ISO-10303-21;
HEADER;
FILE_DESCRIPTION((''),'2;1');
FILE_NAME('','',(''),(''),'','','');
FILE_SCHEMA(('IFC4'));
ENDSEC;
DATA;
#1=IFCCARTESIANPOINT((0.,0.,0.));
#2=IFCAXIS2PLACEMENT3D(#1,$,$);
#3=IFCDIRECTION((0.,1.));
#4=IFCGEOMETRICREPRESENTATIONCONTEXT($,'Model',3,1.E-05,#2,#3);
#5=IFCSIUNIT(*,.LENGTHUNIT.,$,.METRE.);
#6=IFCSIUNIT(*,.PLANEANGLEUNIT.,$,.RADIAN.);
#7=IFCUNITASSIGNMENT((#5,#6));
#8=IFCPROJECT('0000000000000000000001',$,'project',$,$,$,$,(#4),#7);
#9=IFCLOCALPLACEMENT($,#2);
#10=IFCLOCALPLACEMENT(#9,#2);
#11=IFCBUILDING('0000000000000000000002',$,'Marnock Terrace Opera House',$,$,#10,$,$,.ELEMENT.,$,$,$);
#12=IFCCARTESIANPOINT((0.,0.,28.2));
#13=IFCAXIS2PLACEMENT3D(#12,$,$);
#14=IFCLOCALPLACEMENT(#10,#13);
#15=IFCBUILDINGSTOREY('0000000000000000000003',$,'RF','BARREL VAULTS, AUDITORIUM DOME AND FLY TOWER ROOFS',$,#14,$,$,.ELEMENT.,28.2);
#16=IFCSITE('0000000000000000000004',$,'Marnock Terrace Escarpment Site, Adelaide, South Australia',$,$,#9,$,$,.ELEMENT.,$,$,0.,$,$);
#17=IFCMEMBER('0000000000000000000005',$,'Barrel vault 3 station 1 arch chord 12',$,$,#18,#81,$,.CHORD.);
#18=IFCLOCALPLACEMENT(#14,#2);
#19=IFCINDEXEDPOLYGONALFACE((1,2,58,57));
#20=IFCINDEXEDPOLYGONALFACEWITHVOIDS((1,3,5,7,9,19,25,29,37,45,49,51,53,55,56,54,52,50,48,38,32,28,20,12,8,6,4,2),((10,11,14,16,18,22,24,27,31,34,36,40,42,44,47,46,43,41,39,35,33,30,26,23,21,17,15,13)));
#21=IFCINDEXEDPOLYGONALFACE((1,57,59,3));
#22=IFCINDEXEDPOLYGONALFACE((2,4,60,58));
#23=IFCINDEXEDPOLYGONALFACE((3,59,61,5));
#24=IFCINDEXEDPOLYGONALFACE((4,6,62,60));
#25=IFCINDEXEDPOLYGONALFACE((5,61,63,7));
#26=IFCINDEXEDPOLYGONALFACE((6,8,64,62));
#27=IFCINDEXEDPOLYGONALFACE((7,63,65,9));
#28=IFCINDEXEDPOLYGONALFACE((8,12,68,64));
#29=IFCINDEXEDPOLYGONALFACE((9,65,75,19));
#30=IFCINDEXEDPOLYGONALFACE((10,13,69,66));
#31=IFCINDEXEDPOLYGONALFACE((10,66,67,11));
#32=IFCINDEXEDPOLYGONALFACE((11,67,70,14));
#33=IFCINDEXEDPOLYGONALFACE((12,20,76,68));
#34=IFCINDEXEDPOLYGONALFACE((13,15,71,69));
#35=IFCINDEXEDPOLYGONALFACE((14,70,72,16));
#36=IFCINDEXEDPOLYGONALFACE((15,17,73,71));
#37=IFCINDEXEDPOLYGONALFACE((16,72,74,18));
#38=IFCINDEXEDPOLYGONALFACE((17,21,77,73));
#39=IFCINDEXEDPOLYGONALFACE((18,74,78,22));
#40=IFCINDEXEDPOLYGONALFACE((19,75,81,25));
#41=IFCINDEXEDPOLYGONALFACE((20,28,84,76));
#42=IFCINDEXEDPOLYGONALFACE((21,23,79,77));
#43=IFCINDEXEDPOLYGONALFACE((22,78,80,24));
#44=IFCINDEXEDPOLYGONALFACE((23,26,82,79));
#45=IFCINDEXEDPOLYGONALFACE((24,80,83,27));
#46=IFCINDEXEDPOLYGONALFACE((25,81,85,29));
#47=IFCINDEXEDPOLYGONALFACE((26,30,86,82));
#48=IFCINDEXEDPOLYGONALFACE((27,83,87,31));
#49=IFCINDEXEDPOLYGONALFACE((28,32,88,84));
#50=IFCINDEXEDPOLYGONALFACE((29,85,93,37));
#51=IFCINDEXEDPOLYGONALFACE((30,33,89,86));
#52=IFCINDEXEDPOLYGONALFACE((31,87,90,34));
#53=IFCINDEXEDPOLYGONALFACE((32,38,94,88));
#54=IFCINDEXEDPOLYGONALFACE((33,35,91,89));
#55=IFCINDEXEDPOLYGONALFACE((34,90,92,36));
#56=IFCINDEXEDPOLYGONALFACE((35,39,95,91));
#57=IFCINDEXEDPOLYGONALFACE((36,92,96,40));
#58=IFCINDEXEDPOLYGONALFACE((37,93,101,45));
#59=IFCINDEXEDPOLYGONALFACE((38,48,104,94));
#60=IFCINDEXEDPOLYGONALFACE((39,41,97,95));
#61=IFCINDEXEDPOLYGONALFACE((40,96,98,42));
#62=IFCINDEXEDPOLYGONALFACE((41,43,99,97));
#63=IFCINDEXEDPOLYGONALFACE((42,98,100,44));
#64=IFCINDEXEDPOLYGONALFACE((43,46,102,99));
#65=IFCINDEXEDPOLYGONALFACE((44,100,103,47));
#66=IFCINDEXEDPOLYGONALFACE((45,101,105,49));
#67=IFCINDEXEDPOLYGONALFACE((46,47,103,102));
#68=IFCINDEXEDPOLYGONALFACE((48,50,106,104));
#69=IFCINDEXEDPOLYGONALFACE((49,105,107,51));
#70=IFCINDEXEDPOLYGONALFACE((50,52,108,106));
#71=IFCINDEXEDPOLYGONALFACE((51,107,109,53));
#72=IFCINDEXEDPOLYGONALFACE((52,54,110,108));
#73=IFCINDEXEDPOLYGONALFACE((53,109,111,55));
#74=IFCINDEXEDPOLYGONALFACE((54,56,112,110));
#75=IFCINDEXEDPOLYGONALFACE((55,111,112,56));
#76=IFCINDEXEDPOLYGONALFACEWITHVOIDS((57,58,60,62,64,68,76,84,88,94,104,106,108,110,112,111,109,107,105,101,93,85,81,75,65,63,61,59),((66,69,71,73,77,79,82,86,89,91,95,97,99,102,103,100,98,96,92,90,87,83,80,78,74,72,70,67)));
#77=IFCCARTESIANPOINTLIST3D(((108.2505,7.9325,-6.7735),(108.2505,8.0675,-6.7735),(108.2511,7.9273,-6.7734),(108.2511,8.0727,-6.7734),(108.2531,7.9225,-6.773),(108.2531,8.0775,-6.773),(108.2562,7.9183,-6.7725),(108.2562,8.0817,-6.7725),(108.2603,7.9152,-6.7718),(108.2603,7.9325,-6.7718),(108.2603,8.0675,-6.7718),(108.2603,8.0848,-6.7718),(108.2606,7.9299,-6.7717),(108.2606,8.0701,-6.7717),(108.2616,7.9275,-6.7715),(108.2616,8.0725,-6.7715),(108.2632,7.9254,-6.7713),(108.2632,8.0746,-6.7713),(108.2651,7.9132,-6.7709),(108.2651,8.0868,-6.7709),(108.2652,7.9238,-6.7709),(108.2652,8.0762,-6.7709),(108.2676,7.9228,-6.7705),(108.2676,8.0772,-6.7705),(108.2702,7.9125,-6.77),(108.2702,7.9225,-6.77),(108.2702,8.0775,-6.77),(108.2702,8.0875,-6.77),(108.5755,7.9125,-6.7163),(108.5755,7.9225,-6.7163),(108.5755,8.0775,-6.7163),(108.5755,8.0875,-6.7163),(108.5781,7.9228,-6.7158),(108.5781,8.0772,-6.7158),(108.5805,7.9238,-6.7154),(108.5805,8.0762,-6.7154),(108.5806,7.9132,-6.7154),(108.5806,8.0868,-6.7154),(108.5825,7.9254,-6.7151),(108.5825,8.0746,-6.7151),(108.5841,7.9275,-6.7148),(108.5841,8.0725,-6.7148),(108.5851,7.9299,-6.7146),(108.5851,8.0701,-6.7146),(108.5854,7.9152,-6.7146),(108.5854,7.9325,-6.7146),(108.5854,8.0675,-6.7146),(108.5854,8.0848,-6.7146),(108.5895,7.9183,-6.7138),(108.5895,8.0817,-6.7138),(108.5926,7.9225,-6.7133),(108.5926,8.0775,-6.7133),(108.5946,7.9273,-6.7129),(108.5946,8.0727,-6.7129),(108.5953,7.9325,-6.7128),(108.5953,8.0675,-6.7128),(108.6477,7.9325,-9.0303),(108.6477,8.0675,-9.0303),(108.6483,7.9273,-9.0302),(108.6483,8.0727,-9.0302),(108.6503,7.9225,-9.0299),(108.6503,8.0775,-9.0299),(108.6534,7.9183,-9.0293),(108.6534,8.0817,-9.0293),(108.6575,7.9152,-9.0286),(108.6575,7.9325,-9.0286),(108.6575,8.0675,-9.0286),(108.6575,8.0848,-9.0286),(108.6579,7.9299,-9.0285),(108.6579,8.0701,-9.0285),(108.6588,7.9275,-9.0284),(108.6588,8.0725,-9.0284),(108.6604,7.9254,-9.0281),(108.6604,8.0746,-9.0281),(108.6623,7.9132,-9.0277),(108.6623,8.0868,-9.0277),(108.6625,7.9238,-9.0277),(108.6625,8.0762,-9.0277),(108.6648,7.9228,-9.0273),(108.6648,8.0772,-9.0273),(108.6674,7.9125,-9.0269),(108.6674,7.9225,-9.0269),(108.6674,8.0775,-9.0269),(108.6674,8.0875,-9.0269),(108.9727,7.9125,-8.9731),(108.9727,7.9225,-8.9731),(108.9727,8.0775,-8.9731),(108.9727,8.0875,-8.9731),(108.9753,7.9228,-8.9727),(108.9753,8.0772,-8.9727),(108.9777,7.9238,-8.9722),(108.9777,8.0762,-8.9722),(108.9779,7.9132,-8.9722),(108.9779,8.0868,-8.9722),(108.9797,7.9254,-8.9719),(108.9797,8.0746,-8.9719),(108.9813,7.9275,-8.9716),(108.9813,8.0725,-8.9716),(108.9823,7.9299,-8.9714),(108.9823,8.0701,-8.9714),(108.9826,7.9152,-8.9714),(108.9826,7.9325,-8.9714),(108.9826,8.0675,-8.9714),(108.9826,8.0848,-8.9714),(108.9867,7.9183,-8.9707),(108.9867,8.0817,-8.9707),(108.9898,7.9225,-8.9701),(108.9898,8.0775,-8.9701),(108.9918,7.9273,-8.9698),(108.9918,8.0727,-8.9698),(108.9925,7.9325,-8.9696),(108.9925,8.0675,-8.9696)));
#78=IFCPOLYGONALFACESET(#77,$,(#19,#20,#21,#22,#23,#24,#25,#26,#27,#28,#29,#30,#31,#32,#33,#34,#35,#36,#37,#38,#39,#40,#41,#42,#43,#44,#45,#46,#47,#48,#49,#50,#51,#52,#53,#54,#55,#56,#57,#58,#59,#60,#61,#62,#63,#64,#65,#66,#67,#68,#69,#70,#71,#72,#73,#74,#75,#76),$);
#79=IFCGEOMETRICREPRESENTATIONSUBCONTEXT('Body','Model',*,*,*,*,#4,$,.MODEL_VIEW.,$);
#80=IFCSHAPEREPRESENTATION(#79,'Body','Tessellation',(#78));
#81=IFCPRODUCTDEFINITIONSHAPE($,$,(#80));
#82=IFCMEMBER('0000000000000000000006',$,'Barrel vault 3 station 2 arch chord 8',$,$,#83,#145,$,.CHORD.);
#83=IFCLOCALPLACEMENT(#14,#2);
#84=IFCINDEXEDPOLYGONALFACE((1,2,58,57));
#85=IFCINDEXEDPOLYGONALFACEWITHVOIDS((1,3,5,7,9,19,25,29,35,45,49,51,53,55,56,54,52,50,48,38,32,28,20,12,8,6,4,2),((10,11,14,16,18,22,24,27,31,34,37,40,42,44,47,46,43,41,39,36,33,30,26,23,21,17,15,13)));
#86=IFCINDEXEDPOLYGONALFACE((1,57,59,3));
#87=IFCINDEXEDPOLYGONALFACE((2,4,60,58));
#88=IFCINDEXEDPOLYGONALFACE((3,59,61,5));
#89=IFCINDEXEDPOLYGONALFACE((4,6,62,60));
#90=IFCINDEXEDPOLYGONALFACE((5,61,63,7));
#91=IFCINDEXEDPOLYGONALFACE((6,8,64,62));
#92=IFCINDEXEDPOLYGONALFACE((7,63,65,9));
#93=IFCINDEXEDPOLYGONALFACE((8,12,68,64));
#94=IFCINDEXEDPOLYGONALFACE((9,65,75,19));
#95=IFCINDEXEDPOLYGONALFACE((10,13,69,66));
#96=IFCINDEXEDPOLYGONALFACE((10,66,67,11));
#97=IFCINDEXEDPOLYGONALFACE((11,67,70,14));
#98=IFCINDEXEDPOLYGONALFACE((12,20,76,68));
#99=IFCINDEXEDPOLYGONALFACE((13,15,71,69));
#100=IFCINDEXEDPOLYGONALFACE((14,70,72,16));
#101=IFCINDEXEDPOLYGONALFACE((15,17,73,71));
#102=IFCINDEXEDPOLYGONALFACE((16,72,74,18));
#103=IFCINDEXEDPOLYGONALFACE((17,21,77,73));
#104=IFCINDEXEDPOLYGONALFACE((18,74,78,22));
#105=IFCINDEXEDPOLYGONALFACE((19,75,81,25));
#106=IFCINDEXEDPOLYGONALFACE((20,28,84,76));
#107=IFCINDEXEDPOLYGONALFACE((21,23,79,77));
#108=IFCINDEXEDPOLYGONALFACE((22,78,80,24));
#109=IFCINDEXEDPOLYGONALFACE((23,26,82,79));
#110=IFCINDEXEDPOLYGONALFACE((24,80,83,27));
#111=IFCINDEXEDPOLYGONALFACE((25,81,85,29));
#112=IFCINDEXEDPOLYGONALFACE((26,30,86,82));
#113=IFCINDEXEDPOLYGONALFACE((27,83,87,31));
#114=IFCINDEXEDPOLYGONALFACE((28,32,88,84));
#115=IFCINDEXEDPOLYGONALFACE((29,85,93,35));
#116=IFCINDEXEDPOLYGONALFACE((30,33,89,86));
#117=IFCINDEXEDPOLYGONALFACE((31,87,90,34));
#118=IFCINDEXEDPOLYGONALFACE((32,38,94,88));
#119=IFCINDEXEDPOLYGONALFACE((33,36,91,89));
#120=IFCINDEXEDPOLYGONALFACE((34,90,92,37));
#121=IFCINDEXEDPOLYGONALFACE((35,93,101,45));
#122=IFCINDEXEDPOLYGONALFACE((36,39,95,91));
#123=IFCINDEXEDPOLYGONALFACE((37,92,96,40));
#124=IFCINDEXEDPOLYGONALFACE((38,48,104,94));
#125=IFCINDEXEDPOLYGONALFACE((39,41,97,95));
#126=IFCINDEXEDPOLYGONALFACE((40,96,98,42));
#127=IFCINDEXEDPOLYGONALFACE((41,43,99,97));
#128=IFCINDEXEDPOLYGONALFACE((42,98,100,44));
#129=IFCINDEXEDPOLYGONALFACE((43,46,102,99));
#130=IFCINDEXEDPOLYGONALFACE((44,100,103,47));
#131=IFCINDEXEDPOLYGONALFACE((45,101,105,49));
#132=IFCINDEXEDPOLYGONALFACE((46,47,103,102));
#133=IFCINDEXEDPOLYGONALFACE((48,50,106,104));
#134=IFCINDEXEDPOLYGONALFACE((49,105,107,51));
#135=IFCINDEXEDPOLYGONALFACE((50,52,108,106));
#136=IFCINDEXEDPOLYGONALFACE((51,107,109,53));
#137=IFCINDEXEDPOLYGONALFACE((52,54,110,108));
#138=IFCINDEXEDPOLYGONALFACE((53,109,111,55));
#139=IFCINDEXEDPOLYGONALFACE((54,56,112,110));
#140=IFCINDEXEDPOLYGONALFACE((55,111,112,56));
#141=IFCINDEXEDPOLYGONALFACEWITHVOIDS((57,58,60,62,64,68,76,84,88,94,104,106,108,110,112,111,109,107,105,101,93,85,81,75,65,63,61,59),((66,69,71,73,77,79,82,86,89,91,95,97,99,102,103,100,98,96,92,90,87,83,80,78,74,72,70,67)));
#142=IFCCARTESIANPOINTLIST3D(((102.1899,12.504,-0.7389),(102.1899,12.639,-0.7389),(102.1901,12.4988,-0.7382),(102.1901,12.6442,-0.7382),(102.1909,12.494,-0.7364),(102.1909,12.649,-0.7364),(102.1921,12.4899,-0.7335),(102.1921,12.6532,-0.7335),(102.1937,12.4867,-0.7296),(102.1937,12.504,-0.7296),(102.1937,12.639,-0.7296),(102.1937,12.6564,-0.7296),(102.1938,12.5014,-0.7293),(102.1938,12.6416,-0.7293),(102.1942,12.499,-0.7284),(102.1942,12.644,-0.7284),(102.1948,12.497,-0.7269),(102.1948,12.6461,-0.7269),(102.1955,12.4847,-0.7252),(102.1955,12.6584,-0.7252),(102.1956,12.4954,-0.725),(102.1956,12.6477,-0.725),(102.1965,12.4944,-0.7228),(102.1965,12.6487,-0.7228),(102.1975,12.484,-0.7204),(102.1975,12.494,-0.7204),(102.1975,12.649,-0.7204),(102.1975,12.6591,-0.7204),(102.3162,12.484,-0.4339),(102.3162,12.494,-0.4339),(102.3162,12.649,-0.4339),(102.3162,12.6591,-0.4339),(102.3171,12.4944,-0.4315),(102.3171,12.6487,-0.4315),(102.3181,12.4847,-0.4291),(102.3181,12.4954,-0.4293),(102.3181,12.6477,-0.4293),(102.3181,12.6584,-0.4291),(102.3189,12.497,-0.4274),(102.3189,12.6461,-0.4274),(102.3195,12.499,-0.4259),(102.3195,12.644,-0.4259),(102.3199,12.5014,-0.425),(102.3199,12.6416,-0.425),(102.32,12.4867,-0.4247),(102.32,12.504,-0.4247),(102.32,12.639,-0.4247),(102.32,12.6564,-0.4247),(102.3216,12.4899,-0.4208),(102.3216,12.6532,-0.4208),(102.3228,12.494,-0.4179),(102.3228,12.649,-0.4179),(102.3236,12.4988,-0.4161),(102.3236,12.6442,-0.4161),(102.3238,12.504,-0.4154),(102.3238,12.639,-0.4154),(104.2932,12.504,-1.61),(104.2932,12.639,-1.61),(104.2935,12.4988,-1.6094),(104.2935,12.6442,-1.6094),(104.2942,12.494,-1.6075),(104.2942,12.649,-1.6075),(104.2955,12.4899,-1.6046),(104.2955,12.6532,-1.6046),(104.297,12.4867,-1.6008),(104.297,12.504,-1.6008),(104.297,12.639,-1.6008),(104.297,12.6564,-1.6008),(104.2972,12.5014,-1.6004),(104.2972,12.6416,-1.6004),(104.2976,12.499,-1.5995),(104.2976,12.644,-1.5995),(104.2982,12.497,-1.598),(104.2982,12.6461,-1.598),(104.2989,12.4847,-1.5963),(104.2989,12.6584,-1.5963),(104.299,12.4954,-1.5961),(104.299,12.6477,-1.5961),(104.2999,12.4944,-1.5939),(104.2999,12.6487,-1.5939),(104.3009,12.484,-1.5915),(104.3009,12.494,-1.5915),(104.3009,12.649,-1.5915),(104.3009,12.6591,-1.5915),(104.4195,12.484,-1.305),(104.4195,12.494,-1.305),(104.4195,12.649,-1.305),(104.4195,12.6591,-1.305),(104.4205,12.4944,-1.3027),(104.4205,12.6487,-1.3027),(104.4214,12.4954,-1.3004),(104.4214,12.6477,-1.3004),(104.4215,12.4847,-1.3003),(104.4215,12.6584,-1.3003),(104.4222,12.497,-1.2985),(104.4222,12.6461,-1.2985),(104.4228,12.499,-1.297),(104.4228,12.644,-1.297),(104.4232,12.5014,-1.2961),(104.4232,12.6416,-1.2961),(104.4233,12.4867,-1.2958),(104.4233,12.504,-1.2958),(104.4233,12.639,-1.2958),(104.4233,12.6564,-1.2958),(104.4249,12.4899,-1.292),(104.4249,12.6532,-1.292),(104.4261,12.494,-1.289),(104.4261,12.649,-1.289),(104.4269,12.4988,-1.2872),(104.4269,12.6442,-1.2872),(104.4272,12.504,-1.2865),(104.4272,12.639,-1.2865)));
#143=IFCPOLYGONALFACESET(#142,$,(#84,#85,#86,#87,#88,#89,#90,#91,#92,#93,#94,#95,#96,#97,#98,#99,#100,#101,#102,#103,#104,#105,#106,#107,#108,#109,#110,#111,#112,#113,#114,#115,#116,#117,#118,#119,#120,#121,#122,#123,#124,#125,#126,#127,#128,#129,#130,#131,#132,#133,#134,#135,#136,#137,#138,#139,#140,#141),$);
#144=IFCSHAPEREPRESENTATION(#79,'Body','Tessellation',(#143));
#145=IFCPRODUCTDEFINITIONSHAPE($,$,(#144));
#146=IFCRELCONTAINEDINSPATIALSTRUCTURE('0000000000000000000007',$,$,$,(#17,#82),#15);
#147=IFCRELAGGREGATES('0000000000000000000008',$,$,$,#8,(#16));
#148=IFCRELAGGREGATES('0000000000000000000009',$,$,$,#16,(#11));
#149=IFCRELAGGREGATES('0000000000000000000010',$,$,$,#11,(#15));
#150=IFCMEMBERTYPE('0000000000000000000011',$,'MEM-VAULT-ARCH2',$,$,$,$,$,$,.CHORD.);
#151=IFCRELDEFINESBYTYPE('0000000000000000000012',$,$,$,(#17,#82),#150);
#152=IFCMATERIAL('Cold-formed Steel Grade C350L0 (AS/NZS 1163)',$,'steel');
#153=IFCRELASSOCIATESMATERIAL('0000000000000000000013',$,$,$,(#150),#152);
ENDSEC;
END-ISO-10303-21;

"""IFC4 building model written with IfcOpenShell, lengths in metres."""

from ifc_helpers import new_model, si_unit, direction, frame, origin, origin_2d, place, context, subcontext, project, spatial, hollow_rectangle, extrude, material, material_profile, profile_set, type_object, element, save


model = new_model("IFC4")

# Units and contexts
model_context = context("Model", 3, precision=1e-05, world=origin(), true_north=direction((0.0, 1.0)))
body_context = subcontext(model_context, "Body", "Model", "MODEL_VIEW")
ifc_project = project(units=[si_unit("LENGTHUNIT", "METRE"), si_unit("PLANEANGLEUNIT", "RADIAN")], contexts=[model_context])

# Site, building, storey
site_placement = place(None, origin())
site = spatial("IfcSite", under=ifc_project, at=site_placement, Name="Marnock Terrace Escarpment Site, Adelaide, South Australia", CompositionType="ELEMENT", RefElevation=0.0)
building_placement = place(site_placement, origin())
building = spatial("IfcBuilding", under=site, at=building_placement, Name="Marnock Terrace Opera House", CompositionType="ELEMENT")
storey_placement = place(building_placement, frame((0.0, 0.0, 28.2)))
storey = spatial("IfcBuildingStorey", under=building, at=storey_placement, Name="RF", Description="BARREL VAULTS, AUDITORIUM DOME AND FLY TOWER ROOFS", CompositionType="ELEMENT", Elevation=28.2)

# Members
ifc_material_1 = material(Name="Cold-formed Steel Grade C350L0 (AS/NZS 1163)", Category="steel")
ifc_material_profile_1 = material_profile(ifc_material_1, hollow_rectangle(XDim=0.175, YDim=0.3501, WallThickness=0.01, InnerFilletRadius=0.01, OuterFilletRadius=0.02, at=origin_2d()))
ifc_profile_set_1 = profile_set([ifc_material_profile_1], Name="Cold-formed Steel Grade C350L0 (AS/NZS 1163)")
member_type_1 = type_object("IfcMemberType", Name="MEM-VAULT-ARCH2", PredefinedType="CHORD", material=ifc_profile_set_1)
member_1_placement = place(storey_placement, frame((108.4229, 8.0, -6.7432), z_axis=(0.173342, 0.0, -0.984862), x_axis=(0.0, 1.0, 0.0)))
element("IfcMember", 1, at=member_1_placement, inside=storey, type_object=member_type_1, Name="Barrel vault 3 station 1 arch chord 12", PredefinedType="CHORD", context=body_context, shape_type="SweptSolid", body=[
    extrude(hollow_rectangle(XDim=0.175, YDim=0.3501, WallThickness=0.01, InnerFilletRadius=0.01, OuterFilletRadius=0.02, at=origin_2d()), origin(), (0.0, 0.0, 1.0), 2.2915),
])
member_2_placement = place(storey_placement, frame((102.2568, 12.5715, -0.5771), z_axis=(0.923897, 0.0, -0.382642), x_axis=(0.0, 1.0, 0.0)))
element("IfcMember", 2, at=member_2_placement, inside=storey, type_object=member_type_1, Name="Barrel vault 3 station 2 arch chord 8", PredefinedType="CHORD", context=body_context, shape_type="SweptSolid", body=[
    extrude(hollow_rectangle(XDim=0.175, YDim=0.3501, WallThickness=0.01, InnerFilletRadius=0.01, OuterFilletRadius=0.02, at=origin_2d()), origin(), (0.0, 0.0, 1.0), 2.2766),
])

save(model, "model.ifc")
